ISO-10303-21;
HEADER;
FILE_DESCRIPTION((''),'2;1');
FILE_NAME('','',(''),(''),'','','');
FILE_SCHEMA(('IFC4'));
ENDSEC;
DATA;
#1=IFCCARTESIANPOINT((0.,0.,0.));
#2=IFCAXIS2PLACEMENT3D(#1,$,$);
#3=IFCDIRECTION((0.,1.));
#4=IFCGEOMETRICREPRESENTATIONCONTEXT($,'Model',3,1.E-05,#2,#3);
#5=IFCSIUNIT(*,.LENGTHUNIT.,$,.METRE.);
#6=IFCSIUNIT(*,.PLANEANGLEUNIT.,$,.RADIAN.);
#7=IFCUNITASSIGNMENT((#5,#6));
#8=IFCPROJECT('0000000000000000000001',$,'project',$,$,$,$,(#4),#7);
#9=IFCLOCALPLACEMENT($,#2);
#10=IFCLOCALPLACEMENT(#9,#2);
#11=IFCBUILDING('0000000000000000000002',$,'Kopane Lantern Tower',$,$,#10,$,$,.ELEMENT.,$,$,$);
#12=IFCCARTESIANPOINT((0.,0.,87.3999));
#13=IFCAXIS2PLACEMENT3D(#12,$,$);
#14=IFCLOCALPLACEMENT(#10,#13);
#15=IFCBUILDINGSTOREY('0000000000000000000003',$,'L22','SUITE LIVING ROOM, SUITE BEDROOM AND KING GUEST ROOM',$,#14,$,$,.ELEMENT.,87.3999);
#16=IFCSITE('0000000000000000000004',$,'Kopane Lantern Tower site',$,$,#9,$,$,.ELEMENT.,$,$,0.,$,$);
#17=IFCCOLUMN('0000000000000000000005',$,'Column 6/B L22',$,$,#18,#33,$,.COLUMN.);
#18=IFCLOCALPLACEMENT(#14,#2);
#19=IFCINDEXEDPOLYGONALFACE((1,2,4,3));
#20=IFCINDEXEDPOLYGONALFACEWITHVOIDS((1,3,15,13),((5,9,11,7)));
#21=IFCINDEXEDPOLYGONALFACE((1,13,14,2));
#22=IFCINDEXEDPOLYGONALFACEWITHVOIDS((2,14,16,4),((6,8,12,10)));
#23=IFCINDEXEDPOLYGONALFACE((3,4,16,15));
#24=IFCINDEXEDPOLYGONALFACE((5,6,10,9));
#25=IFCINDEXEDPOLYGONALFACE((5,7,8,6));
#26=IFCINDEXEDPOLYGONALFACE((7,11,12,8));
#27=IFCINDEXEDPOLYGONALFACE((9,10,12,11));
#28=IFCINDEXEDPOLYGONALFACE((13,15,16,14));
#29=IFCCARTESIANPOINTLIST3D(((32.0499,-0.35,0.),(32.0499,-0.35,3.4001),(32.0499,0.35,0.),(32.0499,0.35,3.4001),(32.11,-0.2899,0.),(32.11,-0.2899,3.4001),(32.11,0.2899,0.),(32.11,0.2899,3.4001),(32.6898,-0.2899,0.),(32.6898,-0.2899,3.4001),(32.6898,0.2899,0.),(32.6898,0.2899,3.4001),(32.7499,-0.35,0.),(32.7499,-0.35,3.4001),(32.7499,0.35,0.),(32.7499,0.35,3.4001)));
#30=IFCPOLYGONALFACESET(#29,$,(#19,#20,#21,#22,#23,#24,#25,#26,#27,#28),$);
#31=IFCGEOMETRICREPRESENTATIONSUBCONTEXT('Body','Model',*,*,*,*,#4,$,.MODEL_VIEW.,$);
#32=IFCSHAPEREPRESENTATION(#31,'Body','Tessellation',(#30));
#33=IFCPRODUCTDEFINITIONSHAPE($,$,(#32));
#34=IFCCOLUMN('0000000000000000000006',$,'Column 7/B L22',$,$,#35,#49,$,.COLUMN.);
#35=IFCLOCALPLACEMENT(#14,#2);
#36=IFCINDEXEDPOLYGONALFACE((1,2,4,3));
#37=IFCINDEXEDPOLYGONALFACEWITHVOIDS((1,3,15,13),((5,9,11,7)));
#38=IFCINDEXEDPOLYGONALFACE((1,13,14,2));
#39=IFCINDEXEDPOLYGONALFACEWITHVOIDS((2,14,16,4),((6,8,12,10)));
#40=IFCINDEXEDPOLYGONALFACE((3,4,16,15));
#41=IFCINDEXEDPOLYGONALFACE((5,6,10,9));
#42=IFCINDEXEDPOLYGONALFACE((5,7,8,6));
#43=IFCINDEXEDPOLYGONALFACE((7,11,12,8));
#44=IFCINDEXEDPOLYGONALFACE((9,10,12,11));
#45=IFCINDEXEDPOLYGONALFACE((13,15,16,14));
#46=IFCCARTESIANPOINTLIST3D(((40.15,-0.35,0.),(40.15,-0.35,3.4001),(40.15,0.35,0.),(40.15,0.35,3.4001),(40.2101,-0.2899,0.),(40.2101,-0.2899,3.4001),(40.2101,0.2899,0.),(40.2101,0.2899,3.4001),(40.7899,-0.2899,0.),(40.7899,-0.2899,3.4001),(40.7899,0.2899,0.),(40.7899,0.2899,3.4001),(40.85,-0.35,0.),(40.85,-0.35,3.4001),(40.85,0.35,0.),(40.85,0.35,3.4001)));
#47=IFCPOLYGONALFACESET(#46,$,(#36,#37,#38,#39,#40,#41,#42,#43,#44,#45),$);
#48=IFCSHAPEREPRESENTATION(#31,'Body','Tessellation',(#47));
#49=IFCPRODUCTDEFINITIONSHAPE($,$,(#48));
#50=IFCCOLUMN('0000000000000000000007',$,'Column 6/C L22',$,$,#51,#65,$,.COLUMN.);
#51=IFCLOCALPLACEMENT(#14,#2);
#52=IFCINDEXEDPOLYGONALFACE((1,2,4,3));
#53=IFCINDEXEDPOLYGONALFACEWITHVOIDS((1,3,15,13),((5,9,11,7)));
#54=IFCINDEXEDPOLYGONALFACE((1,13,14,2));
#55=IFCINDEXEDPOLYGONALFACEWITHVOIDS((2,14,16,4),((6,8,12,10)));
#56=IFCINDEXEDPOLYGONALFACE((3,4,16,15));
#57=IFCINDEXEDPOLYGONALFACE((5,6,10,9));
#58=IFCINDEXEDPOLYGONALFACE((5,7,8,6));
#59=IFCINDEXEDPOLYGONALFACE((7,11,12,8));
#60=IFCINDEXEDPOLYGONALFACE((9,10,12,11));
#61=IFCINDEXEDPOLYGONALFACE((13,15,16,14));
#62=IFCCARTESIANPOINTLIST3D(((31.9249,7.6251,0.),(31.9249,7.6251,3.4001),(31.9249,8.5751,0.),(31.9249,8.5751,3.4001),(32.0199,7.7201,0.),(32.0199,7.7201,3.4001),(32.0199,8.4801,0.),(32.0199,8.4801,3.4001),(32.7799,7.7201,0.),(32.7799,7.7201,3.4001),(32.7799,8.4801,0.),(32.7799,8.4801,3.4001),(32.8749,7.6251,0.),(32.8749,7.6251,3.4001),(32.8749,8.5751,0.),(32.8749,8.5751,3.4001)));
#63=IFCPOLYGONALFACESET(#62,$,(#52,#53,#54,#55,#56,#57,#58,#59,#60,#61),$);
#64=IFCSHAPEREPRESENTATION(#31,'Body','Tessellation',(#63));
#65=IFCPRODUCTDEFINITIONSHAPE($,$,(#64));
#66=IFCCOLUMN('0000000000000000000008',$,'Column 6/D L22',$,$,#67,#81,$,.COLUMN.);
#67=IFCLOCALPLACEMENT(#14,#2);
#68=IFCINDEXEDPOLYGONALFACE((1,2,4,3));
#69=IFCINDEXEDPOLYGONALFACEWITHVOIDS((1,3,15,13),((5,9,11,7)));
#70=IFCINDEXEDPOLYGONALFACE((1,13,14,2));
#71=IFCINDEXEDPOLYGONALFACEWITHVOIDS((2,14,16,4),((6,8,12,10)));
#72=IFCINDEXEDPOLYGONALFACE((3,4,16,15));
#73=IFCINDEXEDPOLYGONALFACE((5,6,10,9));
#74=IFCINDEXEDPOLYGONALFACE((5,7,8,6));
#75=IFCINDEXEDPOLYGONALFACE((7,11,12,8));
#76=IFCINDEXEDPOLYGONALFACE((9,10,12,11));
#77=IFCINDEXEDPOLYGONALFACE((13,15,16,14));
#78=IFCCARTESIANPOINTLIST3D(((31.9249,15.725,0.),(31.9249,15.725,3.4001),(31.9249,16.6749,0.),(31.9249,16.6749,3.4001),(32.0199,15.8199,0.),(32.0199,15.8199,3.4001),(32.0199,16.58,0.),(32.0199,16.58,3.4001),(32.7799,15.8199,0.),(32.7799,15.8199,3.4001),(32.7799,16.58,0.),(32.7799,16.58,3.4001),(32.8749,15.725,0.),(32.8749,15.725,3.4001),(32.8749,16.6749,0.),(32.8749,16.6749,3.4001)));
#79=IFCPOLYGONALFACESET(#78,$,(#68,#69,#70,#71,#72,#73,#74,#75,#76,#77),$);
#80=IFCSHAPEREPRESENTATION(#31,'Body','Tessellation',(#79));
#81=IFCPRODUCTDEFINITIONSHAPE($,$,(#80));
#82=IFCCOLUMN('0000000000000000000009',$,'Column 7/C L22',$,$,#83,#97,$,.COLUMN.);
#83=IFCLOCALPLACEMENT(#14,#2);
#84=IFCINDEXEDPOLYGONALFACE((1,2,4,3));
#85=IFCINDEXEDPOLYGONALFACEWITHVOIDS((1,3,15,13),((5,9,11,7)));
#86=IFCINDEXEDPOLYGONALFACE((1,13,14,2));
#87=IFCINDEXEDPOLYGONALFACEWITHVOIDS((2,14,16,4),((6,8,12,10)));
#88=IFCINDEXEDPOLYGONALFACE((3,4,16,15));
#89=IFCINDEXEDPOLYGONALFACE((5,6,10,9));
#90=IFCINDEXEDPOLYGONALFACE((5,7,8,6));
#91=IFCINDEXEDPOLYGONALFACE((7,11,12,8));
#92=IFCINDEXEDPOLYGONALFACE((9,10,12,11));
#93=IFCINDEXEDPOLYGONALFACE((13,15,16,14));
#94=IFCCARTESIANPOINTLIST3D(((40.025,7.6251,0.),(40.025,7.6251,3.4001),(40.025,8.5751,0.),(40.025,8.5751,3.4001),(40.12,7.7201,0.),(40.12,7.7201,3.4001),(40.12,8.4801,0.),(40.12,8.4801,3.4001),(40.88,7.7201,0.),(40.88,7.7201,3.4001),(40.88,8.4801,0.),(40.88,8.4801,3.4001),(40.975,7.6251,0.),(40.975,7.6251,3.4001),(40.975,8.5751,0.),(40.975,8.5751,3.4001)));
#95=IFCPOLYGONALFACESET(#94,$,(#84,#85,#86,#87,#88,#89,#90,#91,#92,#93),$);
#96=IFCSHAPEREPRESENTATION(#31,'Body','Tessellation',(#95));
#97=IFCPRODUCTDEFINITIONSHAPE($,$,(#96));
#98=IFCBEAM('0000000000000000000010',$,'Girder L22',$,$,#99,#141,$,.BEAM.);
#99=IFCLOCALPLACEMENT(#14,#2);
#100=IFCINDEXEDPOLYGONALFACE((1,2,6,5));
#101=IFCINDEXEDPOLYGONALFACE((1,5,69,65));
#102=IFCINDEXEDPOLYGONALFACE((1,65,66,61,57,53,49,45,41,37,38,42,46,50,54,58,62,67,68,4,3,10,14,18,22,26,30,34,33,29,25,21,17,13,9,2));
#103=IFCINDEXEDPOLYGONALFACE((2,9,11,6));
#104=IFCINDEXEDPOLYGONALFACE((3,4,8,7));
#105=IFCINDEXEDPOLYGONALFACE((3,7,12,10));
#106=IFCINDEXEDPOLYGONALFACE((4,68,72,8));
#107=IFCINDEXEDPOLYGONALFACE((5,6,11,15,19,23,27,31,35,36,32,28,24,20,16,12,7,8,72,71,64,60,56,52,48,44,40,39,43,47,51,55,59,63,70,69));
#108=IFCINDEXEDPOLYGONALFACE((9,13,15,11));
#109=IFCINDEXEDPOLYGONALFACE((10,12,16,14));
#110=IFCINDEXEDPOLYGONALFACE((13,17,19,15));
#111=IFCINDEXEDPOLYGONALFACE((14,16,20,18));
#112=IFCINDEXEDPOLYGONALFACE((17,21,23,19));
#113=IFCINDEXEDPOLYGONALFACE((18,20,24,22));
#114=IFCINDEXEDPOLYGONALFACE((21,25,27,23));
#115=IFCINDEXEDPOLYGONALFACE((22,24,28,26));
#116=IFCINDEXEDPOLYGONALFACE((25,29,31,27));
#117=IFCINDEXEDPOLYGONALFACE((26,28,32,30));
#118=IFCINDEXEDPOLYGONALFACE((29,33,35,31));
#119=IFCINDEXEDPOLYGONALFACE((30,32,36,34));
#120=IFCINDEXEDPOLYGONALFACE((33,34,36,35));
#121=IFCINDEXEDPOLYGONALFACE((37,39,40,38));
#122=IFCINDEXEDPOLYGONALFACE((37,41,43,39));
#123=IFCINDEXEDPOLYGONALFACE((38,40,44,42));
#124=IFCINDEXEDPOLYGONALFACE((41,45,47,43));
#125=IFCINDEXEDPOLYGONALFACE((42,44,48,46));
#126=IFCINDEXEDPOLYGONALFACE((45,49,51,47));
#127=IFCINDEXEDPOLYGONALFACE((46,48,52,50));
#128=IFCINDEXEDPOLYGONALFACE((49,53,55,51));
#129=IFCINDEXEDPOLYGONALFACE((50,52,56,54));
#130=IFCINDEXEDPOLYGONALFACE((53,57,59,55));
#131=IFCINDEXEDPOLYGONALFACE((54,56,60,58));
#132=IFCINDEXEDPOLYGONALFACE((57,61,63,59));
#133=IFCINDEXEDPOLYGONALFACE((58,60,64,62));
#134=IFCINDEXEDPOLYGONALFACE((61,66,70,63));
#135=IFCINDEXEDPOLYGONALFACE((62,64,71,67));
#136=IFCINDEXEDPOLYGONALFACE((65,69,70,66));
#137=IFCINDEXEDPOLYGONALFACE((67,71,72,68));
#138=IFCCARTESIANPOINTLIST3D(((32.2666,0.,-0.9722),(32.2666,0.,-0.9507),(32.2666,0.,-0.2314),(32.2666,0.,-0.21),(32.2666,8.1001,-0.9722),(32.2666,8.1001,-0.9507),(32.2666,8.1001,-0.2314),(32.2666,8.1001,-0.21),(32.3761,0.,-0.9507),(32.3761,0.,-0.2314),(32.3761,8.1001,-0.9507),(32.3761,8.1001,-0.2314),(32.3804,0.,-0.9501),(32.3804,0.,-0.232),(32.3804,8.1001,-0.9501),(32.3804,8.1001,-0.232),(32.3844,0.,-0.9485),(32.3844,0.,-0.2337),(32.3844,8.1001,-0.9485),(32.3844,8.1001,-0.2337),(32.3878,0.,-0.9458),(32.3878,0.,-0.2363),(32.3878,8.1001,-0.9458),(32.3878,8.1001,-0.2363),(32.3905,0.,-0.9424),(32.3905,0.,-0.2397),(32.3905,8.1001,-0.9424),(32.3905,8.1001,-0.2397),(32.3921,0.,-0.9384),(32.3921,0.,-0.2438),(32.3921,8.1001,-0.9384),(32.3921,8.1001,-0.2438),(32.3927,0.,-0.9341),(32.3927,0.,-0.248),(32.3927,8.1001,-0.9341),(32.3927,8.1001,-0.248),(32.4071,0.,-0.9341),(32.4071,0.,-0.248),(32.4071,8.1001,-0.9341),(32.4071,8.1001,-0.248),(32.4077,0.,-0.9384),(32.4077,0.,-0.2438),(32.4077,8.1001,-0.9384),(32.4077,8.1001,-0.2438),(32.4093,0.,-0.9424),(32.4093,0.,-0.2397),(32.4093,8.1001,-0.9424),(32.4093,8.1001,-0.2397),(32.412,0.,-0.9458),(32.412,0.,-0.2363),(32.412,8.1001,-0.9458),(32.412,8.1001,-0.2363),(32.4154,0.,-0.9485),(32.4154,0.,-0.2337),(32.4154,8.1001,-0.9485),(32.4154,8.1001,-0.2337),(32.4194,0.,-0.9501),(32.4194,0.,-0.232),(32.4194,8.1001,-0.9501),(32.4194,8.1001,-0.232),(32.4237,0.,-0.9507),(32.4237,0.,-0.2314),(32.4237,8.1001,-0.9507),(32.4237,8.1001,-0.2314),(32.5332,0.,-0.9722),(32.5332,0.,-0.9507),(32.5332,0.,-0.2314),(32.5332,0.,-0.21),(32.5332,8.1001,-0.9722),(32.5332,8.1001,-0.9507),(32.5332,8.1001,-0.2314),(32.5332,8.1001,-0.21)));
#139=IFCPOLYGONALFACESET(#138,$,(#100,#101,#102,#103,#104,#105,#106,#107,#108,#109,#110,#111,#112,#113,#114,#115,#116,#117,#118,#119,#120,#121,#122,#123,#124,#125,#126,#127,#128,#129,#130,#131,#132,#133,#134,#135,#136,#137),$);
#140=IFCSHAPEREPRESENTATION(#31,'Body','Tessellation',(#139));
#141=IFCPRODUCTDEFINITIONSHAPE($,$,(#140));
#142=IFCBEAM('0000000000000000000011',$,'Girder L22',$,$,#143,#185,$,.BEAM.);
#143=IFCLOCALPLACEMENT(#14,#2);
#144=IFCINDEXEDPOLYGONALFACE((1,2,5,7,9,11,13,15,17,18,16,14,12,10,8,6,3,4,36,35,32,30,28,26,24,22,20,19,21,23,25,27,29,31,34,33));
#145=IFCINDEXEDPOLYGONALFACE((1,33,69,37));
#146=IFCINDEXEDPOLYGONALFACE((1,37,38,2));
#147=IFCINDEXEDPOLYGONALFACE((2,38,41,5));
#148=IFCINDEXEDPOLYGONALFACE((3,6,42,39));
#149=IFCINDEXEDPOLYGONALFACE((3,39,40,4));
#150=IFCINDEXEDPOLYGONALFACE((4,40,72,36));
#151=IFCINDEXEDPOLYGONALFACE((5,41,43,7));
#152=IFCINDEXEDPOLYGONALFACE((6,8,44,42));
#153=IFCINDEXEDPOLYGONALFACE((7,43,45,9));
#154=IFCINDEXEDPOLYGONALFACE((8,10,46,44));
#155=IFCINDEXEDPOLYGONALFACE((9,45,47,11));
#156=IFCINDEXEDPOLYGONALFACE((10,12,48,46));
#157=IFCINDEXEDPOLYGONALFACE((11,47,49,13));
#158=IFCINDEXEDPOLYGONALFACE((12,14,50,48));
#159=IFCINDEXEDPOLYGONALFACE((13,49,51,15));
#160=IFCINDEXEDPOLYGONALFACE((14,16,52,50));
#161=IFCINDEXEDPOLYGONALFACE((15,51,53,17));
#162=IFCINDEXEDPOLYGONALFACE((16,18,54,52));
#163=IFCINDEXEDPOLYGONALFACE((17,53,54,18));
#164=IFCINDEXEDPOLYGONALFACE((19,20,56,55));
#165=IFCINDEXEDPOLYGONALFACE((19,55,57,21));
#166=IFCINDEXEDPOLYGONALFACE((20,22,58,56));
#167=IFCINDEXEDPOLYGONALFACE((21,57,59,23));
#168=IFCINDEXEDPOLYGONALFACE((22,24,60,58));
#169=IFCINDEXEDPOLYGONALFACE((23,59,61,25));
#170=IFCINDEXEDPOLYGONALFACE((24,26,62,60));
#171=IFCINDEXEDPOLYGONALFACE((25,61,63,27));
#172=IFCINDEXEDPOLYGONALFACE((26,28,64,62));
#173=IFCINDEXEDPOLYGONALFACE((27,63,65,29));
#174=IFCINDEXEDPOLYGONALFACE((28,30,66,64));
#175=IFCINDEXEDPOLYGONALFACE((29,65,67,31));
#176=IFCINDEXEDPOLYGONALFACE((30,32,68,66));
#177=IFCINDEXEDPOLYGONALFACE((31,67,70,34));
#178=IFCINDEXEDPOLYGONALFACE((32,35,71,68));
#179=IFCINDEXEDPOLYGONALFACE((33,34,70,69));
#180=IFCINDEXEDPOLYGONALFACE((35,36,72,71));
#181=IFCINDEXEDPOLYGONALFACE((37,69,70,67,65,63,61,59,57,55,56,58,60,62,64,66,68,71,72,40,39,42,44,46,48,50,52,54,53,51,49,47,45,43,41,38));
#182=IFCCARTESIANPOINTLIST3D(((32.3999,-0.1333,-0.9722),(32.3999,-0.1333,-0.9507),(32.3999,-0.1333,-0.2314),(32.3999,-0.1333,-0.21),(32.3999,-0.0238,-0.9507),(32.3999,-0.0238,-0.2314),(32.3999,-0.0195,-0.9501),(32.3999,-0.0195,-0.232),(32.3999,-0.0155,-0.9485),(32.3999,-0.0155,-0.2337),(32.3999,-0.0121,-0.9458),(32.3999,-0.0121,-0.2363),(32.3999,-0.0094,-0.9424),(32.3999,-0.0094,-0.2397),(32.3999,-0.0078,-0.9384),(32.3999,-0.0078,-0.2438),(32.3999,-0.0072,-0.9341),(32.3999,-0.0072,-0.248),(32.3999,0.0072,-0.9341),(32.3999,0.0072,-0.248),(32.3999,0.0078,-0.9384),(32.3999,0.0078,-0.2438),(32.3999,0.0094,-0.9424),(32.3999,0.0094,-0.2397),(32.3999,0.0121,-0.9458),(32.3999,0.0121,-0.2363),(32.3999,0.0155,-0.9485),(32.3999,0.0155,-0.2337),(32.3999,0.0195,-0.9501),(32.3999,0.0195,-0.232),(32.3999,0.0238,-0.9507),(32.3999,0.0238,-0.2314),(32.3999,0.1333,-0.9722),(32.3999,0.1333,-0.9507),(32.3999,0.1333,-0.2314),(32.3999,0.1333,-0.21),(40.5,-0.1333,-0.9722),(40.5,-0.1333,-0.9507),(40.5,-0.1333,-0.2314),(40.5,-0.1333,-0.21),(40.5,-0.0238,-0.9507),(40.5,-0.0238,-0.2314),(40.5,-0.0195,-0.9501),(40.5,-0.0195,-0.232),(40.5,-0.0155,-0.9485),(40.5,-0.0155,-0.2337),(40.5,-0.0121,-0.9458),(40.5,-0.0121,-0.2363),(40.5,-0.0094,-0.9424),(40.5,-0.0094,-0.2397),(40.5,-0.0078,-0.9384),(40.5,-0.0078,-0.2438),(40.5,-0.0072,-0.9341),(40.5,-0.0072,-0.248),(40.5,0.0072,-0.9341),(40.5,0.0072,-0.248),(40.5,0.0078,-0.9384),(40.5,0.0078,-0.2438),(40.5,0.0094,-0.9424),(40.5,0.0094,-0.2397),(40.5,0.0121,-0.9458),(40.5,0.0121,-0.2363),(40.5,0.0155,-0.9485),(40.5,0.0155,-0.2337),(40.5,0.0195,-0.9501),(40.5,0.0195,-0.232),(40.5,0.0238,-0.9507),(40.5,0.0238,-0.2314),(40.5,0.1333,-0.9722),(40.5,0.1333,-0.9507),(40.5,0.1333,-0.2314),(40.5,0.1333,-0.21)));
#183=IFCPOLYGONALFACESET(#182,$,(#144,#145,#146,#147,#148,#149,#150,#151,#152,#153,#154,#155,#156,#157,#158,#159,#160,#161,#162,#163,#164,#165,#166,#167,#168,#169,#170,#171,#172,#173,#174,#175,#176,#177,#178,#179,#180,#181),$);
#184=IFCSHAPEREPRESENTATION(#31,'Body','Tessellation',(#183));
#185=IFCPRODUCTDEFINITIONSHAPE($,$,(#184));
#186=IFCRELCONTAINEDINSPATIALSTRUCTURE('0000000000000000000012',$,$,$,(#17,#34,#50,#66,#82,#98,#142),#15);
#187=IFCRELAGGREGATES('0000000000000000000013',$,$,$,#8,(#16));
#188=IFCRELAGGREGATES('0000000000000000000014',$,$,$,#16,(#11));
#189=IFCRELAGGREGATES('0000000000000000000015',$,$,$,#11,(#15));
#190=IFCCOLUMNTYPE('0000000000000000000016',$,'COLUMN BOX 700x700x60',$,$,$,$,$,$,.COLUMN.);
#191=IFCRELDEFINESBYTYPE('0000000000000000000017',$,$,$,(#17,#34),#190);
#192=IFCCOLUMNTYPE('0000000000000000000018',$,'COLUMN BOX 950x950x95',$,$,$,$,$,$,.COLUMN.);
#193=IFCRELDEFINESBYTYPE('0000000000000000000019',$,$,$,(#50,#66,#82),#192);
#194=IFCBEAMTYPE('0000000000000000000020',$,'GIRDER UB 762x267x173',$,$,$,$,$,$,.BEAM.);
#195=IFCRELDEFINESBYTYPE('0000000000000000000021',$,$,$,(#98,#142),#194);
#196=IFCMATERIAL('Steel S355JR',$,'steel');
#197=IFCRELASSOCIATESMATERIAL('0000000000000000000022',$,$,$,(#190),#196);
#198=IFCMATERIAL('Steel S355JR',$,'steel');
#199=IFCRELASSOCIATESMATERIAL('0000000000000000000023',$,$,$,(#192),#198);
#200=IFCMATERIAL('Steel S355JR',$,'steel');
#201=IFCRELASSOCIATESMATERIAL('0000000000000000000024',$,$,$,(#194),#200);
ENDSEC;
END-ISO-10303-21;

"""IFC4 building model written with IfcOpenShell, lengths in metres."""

from ifc_helpers import new_model, si_unit, direction, frame, origin, origin_2d, place, context, subcontext, project, spatial, hollow_rectangle, i_section, extrude, material, material_profile, profile_set, type_object, element, save


model = new_model("IFC4")

# Units and contexts
model_context = context("Model", 3, precision=1e-05, world=origin(), true_north=direction((0.0, 1.0)))
body_context = subcontext(model_context, "Body", "Model", "MODEL_VIEW")
ifc_project = project(units=[si_unit("LENGTHUNIT", "METRE"), si_unit("PLANEANGLEUNIT", "RADIAN")], contexts=[model_context])

# Site, building, storey
site_placement = place(None, origin())
site = spatial("IfcSite", under=ifc_project, at=site_placement, Name="Kopane Lantern Tower site", CompositionType="ELEMENT", RefElevation=0.0)
building_placement = place(site_placement, origin())
building = spatial("IfcBuilding", under=site, at=building_placement, Name="Kopane Lantern Tower", CompositionType="ELEMENT")
storey_placement = place(building_placement, frame((0.0, 0.0, 87.3999)))
storey = spatial("IfcBuildingStorey", under=building, at=storey_placement, Name="L22", Description="SUITE LIVING ROOM, SUITE BEDROOM AND KING GUEST ROOM", CompositionType="ELEMENT", Elevation=87.3999)

# Columns
ifc_material_1 = material(Name="Steel S355JR", Category="steel")
ifc_material_profile_1 = material_profile(ifc_material_1, hollow_rectangle(XDim=0.7, YDim=0.7, WallThickness=0.0601, at=origin_2d()), Name="BOX 700x700x60")
ifc_profile_set_1 = profile_set([ifc_material_profile_1], Name="Steel S355JR")
column_type_1 = type_object("IfcColumnType", Name="COLUMN BOX 700x700x60", PredefinedType="COLUMN", material=ifc_profile_set_1)
for number, where, z_axis, x_axis, name in (
    (1, (32.3999, 0.0, 0.0), (0.0, 0.0, 1.0), (1.0, 0.0, 0.0), "Column 6/B L22"),
    (2, (40.5, 0.0, 0.0), (0.0, 0.0, 1.0), (1.0, 0.0, 0.0), "Column 7/B L22"),
):
    element("IfcColumn", number, at=place(storey_placement, frame(where, z_axis=z_axis, x_axis=x_axis)), inside=storey, type_object=column_type_1, Name=name, PredefinedType="COLUMN", context=body_context, shape_type="SweptSolid", body=[
        extrude(hollow_rectangle(XDim=0.7, YDim=0.7, WallThickness=0.0601, at=origin_2d()), origin(), (0.0, 0.0, 1.0), 3.4001),
    ])
ifc_material_2 = material(Name="Steel S355JR", Category="steel")
ifc_material_profile_2 = material_profile(ifc_material_2, hollow_rectangle(XDim=0.95, YDim=0.95, WallThickness=0.095, at=origin_2d()), Name="BOX 950x950x95")
ifc_profile_set_2 = profile_set([ifc_material_profile_2], Name="Steel S355JR")
column_type_2 = type_object("IfcColumnType", Name="COLUMN BOX 950x950x95", PredefinedType="COLUMN", material=ifc_profile_set_2)
for number, where, z_axis, x_axis, name in (
    (3, (32.3999, 8.1001, 0.0), (0.0, 0.0, 1.0), (1.0, 0.0, 0.0), "Column 6/C L22"),
    (4, (32.3999, 16.2, 0.0), (0.0, 0.0, 1.0), (1.0, 0.0, 0.0), "Column 6/D L22"),
    (5, (40.5, 8.1001, 0.0), (0.0, 0.0, 1.0), (1.0, 0.0, 0.0), "Column 7/C L22"),
):
    element("IfcColumn", number, at=place(storey_placement, frame(where, z_axis=z_axis, x_axis=x_axis)), inside=storey, type_object=column_type_2, Name=name, PredefinedType="COLUMN", context=body_context, shape_type="SweptSolid", body=[
        extrude(hollow_rectangle(XDim=0.95, YDim=0.95, WallThickness=0.095, at=origin_2d()), origin(), (0.0, 0.0, 1.0), 3.4001),
    ])

# Beams
ifc_material_3 = material(Name="Steel S355JR", Category="steel")
ifc_material_profile_3 = material_profile(ifc_material_3, i_section(OverallWidth=0.2666, OverallDepth=0.7622, WebThickness=0.0144, FlangeThickness=0.0215, FilletRadius=0.0166, at=origin_2d()), Name="UB 762x267x173")
ifc_profile_set_3 = profile_set([ifc_material_profile_3], Name="Steel S355JR")
beam_type = type_object("IfcBeamType", Name="GIRDER UB 762x267x173", PredefinedType="BEAM", material=ifc_profile_set_3)
for number, where, z_axis, x_axis, name in (
    (6, (32.3999, 0.0, -0.5911), (0.0, 1.0, 0.0), (-1.0, 0.0, 0.0), "Girder L22"),
    (7, (32.3999, 0.0, -0.5911), (1.0, 0.0, 0.0), (0.0, 1.0, 0.0), "Girder L22"),
):
    element("IfcBeam", number, at=place(storey_placement, frame(where, z_axis=z_axis, x_axis=x_axis)), inside=storey, type_object=beam_type, Name=name, PredefinedType="BEAM", context=body_context, shape_type="SweptSolid", body=[
        extrude(i_section(OverallWidth=0.2666, OverallDepth=0.7622, WebThickness=0.0144, FlangeThickness=0.0215, FilletRadius=0.0166, at=origin_2d()), origin(), (0.0, 0.0, 1.0), 8.1001),
    ])

save(model, "model.ifc")
